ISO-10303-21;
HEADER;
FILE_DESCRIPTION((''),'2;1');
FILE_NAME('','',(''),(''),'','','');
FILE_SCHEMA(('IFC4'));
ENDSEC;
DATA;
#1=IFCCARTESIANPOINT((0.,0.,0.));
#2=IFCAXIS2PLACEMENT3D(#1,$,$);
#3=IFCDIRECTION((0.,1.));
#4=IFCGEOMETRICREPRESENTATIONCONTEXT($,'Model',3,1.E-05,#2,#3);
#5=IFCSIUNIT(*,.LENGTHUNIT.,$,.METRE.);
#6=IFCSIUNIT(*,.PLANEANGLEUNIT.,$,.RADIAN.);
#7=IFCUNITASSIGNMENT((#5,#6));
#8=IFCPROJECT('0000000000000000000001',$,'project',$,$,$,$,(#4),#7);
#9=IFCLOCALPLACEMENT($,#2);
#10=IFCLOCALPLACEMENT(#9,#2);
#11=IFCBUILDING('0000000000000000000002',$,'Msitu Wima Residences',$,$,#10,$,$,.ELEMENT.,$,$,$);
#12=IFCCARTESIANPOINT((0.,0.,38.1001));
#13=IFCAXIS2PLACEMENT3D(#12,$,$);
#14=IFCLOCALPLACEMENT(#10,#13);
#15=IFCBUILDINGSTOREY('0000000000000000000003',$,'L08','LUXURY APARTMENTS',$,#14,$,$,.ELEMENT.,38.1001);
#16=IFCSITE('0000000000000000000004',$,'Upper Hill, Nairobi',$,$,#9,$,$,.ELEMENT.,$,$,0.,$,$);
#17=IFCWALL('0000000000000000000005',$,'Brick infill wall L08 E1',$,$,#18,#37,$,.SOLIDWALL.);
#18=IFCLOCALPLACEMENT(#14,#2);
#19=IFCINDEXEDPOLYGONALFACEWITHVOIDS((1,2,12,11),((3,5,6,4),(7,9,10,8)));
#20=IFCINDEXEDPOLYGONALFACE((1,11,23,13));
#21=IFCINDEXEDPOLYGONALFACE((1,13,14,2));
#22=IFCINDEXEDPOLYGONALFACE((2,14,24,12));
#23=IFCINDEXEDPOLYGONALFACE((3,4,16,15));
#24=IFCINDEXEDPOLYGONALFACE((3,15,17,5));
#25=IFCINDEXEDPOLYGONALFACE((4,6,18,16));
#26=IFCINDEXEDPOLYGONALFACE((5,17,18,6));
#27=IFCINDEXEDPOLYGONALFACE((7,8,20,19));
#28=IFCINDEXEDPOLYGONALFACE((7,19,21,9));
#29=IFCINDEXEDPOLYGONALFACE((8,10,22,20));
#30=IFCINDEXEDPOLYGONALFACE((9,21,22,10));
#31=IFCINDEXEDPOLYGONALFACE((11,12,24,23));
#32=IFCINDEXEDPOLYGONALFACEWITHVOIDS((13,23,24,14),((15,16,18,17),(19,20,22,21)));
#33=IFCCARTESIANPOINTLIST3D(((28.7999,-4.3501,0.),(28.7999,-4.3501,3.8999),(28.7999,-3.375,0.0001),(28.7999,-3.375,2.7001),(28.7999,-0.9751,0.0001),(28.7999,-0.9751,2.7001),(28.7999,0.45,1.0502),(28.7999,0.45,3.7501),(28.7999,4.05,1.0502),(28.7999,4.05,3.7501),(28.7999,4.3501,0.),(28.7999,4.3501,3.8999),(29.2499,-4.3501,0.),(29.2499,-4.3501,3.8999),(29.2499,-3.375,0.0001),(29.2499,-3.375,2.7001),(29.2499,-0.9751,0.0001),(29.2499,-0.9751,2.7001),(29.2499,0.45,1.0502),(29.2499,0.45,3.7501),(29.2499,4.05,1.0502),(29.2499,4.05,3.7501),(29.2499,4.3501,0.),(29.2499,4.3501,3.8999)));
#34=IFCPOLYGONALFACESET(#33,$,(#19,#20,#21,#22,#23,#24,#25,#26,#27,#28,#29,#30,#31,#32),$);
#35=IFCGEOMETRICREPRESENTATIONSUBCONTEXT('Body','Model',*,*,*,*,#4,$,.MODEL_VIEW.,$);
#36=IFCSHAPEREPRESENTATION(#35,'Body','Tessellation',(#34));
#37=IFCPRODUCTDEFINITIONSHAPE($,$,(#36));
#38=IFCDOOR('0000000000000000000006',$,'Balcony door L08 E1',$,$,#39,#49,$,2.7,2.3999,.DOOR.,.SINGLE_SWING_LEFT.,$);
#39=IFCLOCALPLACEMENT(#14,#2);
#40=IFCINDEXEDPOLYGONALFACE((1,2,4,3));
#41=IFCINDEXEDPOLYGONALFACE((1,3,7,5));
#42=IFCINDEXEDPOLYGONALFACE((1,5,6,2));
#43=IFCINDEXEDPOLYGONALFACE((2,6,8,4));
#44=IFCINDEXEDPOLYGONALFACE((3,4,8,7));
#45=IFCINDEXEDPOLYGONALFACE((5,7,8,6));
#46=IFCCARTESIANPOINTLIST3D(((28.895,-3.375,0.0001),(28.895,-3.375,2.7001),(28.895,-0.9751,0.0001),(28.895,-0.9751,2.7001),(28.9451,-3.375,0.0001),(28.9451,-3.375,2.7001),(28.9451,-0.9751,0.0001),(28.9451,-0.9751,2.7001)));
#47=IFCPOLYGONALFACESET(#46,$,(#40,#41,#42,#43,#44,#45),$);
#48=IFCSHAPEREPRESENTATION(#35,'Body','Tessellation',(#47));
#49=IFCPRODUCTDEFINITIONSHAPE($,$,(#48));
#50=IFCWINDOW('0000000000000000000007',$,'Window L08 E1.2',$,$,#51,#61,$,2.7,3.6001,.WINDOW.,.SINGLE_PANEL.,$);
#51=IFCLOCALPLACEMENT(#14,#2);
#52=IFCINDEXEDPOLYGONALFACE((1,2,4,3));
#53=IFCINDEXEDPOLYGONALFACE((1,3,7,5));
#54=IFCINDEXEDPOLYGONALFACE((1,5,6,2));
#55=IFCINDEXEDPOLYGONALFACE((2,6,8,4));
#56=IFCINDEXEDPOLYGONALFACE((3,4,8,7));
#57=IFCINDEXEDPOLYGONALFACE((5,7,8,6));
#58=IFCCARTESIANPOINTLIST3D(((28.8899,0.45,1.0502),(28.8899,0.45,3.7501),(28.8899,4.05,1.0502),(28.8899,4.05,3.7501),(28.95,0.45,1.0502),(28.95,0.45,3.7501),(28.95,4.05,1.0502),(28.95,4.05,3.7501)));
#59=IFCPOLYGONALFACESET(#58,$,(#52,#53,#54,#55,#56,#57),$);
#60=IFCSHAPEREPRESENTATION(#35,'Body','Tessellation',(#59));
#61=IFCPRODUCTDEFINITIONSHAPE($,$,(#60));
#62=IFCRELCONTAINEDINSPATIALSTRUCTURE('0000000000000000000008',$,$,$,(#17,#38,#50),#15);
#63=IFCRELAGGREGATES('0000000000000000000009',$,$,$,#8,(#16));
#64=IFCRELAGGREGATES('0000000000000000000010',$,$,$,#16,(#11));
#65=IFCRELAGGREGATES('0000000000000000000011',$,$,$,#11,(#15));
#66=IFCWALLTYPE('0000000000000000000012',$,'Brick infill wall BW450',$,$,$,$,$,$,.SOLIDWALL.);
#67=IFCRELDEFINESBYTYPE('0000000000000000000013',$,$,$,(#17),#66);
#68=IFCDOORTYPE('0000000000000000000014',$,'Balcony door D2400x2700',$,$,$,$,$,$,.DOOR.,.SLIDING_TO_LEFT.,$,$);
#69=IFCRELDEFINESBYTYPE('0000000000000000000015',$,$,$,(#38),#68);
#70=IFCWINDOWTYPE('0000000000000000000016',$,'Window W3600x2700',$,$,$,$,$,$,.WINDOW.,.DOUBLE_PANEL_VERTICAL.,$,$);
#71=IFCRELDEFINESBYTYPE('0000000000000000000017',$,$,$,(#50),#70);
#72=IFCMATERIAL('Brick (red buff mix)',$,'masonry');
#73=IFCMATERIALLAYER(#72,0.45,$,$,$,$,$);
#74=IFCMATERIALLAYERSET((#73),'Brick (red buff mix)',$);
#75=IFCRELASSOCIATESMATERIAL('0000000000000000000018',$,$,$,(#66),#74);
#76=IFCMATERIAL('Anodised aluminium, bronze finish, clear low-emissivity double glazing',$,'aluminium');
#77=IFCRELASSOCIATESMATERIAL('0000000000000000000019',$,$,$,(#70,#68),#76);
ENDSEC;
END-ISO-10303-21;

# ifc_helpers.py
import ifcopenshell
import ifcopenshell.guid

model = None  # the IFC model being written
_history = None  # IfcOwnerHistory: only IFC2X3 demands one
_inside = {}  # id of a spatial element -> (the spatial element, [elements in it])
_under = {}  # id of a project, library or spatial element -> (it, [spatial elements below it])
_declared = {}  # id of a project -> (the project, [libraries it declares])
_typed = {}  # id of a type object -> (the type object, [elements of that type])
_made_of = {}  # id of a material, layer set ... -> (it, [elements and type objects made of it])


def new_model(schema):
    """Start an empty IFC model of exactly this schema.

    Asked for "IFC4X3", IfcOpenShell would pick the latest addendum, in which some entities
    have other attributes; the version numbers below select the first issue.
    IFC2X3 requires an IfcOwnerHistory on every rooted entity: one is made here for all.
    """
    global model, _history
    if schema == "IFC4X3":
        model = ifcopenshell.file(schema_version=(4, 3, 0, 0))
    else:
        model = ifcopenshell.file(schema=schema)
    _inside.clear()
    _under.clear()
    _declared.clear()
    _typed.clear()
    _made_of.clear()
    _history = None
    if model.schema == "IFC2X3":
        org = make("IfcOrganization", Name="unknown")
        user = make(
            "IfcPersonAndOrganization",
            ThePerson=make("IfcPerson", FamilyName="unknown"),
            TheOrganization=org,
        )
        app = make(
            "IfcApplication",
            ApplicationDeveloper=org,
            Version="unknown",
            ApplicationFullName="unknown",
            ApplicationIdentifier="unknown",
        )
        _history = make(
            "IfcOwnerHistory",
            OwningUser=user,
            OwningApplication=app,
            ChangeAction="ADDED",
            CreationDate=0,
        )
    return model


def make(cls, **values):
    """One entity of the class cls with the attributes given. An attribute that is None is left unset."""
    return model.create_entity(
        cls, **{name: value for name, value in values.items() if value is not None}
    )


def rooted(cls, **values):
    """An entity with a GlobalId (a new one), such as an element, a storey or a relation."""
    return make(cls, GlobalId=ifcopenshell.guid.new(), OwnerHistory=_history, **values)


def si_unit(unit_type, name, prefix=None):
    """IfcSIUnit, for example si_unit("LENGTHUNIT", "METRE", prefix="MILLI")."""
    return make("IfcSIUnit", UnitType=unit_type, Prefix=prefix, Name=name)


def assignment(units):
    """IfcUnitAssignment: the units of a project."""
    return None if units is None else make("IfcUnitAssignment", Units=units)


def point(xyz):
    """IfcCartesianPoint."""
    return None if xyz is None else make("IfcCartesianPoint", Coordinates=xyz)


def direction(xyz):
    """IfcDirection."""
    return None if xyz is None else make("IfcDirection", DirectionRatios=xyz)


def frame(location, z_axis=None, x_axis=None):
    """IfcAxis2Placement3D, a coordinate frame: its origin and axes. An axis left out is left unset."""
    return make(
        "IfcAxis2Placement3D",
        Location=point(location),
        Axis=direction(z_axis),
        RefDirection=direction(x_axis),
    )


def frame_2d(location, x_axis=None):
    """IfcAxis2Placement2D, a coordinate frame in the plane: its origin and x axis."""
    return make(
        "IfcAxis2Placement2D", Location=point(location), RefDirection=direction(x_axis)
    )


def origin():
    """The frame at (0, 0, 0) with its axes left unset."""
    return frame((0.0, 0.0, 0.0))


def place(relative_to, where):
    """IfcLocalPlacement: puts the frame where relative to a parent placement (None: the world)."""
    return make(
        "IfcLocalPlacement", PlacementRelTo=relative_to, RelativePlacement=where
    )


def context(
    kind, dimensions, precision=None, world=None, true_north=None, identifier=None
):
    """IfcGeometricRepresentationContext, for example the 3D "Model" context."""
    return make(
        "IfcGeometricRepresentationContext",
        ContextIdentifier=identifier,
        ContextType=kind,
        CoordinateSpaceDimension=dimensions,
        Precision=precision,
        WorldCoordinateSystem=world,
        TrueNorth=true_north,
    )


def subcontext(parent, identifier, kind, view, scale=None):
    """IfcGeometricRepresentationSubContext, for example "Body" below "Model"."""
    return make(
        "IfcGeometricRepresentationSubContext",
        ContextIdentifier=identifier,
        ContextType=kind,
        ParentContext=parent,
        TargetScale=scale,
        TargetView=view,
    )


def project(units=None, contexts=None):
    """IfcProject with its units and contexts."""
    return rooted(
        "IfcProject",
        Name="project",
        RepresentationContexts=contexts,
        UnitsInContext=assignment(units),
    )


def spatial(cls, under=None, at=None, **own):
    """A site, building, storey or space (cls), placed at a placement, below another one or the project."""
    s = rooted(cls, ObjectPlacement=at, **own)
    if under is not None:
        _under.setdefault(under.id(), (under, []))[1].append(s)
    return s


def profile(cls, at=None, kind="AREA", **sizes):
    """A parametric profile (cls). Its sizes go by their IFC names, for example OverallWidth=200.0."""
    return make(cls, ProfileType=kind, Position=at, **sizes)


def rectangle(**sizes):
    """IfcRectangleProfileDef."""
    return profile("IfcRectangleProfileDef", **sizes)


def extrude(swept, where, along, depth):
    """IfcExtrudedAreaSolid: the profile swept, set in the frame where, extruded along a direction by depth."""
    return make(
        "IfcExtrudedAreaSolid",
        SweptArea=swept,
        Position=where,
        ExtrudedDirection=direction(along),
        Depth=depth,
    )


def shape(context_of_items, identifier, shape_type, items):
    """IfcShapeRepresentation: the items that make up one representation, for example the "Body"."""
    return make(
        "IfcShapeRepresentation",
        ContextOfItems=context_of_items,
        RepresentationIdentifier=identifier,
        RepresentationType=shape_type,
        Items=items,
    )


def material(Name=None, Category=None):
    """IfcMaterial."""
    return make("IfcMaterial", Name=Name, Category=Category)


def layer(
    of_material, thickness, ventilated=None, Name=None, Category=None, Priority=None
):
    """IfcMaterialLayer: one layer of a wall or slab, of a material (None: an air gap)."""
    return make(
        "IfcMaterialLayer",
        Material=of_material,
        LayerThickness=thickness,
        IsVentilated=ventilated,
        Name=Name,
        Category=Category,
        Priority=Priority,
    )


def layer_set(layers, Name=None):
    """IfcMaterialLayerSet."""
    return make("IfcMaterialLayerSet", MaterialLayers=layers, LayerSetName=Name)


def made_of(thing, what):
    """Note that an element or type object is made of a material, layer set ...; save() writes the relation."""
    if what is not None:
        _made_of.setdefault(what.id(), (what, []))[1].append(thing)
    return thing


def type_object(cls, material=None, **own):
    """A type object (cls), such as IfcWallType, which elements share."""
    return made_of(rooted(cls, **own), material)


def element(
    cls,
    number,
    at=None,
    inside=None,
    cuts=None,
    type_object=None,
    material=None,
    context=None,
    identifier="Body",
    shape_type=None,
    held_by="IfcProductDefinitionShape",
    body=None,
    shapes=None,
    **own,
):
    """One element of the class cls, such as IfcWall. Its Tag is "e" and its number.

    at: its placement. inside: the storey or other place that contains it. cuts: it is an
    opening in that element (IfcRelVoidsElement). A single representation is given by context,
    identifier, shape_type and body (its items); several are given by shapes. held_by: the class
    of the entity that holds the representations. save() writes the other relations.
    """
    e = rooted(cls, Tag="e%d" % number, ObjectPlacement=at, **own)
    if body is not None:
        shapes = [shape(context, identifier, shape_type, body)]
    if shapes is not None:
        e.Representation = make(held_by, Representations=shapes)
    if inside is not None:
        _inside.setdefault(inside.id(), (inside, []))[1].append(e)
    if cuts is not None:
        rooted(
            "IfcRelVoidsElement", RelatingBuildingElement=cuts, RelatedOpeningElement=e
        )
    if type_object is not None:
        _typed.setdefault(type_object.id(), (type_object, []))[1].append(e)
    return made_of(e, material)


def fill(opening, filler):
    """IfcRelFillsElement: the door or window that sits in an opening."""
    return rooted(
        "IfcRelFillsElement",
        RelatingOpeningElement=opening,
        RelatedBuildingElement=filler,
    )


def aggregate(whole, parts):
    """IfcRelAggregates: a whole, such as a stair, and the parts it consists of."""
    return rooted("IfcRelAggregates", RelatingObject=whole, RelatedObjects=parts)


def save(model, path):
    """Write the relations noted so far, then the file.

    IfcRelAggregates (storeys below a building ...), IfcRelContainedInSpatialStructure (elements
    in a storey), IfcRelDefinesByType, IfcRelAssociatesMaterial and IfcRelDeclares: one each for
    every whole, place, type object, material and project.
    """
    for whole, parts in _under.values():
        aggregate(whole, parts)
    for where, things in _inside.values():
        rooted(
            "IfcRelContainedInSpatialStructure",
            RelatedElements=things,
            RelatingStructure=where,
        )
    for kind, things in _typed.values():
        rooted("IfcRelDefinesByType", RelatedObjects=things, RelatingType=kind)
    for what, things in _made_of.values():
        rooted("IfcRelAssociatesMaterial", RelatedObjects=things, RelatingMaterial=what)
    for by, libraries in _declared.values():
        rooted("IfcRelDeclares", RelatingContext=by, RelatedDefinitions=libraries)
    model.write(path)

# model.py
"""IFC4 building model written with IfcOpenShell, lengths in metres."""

from ifc_helpers import new_model, si_unit, direction, frame, frame_2d, origin, place, context, subcontext, project, spatial, rectangle, extrude, material, layer, layer_set, type_object, element, fill, save


model = new_model("IFC4")

# Units and contexts
model_context = context("Model", 3, precision=1e-05, world=origin(), true_north=direction((0.0, 1.0)))
body_context = subcontext(model_context, "Body", "Model", "MODEL_VIEW")
ifc_project = project(units=[si_unit("LENGTHUNIT", "METRE"), si_unit("PLANEANGLEUNIT", "RADIAN")], contexts=[model_context])

# Site, building, storey
site_placement = place(None, origin())
site = spatial("IfcSite", under=ifc_project, at=site_placement, Name="Upper Hill, Nairobi", CompositionType="ELEMENT", RefElevation=0.0)
building_placement = place(site_placement, origin())
building = spatial("IfcBuilding", under=site, at=building_placement, Name="Msitu Wima Residences", CompositionType="ELEMENT")
storey_placement = place(building_placement, frame((0.0, 0.0, 38.1001)))
storey = spatial("IfcBuildingStorey", under=building, at=storey_placement, Name="L08", Description="LUXURY APARTMENTS", CompositionType="ELEMENT", Elevation=38.1001)

# Shared definitions
ifc_material_1 = material(Name="Brick (red buff mix)", Category="masonry")
ifc_layer_1 = layer(ifc_material_1, 0.45)
ifc_layer_set_1 = layer_set([ifc_layer_1], Name="Brick (red buff mix)")
wall_type_1 = type_object("IfcWallType", Name="Brick infill wall BW450", PredefinedType="SOLIDWALL", material=ifc_layer_set_1)
ifc_material_2 = material(Name="Anodised aluminium, bronze finish, clear low-emissivity double glazing", Category="aluminium")
window_type = type_object("IfcWindowType", Name="Window W3600x2700", PartitioningType="DOUBLE_PANEL_VERTICAL", PredefinedType="WINDOW", material=ifc_material_2)

# Wall, openings, door, window
wall_1_placement = place(storey_placement, frame((29.0249, -4.3501, 0.0), z_axis=(0.0, 0.0, 1.0), x_axis=(0.0, 1.0, 0.0)))
wall_1 = element("IfcWall", 1, at=wall_1_placement, inside=storey, type_object=wall_type_1, Name="Brick infill wall L08 E1", PredefinedType="SOLIDWALL", context=body_context, shape_type="SweptSolid", body=[
    extrude(rectangle(XDim=8.7002, YDim=0.45, at=frame_2d((4.3501, 0.0))), origin(), (0.0, 0.0, 1.0), 3.8999),
])
opening_1_placement = place(wall_1_placement, frame((0.9751, 0.0, 0.0)))
opening_1 = element("IfcOpeningElement", 2, at=opening_1_placement, cuts=wall_1, PredefinedType="OPENING", context=body_context, shape_type="SweptSolid", body=[
    extrude(rectangle(XDim=2.3999, YDim=2.7, at=frame_2d((1.2, 1.3501))), frame((0.0, 0.2349, 0.0), z_axis=(0.0, -1.0, 0.0), x_axis=(1.0, 0.0, 0.0)), (0.0, 0.0, 1.0), 0.47),
])
opening_2_placement = place(wall_1_placement, frame((4.8, 0.0, 1.05)))
opening_2 = element("IfcOpeningElement", 3, at=opening_2_placement, cuts=wall_1, PredefinedType="OPENING", context=body_context, shape_type="SweptSolid", body=[
    extrude(rectangle(XDim=3.6001, YDim=2.7, at=frame_2d((1.8, 1.3501))), frame((0.0, 0.2349, 0.0), z_axis=(0.0, -1.0, 0.0), x_axis=(1.0, 0.0, 0.0)), (0.0, 0.0, 1.0), 0.47),
])
door_type = type_object("IfcDoorType", Name="Balcony door D2400x2700", OperationType="SLIDING_TO_LEFT", PredefinedType="DOOR", material=ifc_material_2)
door_placement = place(opening_1_placement, origin())
door = element("IfcDoor", 4, at=door_placement, inside=storey, type_object=door_type, Name="Balcony door L08 E1", OperationType="SINGLE_SWING_LEFT", OverallHeight=2.7, OverallWidth=2.3999, PredefinedType="DOOR", context=body_context, shape_type="SweptSolid", body=[
    extrude(rectangle(XDim=2.3999, YDim=2.7, at=frame_2d((1.2, 1.3501))), frame((0.0, 0.1299, 0.0), z_axis=(0.0, -1.0, 0.0), x_axis=(1.0, 0.0, 0.0)), (0.0, 0.0, 1.0), 0.05),
])
fill(opening_1, door)
window_1_placement = place(opening_2_placement, origin())
window_1 = element("IfcWindow", 5, at=window_1_placement, inside=storey, type_object=window_type, Name="Window L08 E1.2", OverallHeight=2.7, OverallWidth=3.6001, PartitioningType="SINGLE_PANEL", PredefinedType="WINDOW", context=body_context, shape_type="SweptSolid", body=[
    extrude(rectangle(XDim=3.6001, YDim=2.7, at=frame_2d((1.8, 1.3501))), frame((0.0, 0.135, 0.0), z_axis=(0.0, -1.0, 0.0), x_axis=(1.0, 0.0, 0.0)), (0.0, 0.0, 1.0), 0.0601),
])
fill(opening_2, window_1)

save(model, "model.ifc")
